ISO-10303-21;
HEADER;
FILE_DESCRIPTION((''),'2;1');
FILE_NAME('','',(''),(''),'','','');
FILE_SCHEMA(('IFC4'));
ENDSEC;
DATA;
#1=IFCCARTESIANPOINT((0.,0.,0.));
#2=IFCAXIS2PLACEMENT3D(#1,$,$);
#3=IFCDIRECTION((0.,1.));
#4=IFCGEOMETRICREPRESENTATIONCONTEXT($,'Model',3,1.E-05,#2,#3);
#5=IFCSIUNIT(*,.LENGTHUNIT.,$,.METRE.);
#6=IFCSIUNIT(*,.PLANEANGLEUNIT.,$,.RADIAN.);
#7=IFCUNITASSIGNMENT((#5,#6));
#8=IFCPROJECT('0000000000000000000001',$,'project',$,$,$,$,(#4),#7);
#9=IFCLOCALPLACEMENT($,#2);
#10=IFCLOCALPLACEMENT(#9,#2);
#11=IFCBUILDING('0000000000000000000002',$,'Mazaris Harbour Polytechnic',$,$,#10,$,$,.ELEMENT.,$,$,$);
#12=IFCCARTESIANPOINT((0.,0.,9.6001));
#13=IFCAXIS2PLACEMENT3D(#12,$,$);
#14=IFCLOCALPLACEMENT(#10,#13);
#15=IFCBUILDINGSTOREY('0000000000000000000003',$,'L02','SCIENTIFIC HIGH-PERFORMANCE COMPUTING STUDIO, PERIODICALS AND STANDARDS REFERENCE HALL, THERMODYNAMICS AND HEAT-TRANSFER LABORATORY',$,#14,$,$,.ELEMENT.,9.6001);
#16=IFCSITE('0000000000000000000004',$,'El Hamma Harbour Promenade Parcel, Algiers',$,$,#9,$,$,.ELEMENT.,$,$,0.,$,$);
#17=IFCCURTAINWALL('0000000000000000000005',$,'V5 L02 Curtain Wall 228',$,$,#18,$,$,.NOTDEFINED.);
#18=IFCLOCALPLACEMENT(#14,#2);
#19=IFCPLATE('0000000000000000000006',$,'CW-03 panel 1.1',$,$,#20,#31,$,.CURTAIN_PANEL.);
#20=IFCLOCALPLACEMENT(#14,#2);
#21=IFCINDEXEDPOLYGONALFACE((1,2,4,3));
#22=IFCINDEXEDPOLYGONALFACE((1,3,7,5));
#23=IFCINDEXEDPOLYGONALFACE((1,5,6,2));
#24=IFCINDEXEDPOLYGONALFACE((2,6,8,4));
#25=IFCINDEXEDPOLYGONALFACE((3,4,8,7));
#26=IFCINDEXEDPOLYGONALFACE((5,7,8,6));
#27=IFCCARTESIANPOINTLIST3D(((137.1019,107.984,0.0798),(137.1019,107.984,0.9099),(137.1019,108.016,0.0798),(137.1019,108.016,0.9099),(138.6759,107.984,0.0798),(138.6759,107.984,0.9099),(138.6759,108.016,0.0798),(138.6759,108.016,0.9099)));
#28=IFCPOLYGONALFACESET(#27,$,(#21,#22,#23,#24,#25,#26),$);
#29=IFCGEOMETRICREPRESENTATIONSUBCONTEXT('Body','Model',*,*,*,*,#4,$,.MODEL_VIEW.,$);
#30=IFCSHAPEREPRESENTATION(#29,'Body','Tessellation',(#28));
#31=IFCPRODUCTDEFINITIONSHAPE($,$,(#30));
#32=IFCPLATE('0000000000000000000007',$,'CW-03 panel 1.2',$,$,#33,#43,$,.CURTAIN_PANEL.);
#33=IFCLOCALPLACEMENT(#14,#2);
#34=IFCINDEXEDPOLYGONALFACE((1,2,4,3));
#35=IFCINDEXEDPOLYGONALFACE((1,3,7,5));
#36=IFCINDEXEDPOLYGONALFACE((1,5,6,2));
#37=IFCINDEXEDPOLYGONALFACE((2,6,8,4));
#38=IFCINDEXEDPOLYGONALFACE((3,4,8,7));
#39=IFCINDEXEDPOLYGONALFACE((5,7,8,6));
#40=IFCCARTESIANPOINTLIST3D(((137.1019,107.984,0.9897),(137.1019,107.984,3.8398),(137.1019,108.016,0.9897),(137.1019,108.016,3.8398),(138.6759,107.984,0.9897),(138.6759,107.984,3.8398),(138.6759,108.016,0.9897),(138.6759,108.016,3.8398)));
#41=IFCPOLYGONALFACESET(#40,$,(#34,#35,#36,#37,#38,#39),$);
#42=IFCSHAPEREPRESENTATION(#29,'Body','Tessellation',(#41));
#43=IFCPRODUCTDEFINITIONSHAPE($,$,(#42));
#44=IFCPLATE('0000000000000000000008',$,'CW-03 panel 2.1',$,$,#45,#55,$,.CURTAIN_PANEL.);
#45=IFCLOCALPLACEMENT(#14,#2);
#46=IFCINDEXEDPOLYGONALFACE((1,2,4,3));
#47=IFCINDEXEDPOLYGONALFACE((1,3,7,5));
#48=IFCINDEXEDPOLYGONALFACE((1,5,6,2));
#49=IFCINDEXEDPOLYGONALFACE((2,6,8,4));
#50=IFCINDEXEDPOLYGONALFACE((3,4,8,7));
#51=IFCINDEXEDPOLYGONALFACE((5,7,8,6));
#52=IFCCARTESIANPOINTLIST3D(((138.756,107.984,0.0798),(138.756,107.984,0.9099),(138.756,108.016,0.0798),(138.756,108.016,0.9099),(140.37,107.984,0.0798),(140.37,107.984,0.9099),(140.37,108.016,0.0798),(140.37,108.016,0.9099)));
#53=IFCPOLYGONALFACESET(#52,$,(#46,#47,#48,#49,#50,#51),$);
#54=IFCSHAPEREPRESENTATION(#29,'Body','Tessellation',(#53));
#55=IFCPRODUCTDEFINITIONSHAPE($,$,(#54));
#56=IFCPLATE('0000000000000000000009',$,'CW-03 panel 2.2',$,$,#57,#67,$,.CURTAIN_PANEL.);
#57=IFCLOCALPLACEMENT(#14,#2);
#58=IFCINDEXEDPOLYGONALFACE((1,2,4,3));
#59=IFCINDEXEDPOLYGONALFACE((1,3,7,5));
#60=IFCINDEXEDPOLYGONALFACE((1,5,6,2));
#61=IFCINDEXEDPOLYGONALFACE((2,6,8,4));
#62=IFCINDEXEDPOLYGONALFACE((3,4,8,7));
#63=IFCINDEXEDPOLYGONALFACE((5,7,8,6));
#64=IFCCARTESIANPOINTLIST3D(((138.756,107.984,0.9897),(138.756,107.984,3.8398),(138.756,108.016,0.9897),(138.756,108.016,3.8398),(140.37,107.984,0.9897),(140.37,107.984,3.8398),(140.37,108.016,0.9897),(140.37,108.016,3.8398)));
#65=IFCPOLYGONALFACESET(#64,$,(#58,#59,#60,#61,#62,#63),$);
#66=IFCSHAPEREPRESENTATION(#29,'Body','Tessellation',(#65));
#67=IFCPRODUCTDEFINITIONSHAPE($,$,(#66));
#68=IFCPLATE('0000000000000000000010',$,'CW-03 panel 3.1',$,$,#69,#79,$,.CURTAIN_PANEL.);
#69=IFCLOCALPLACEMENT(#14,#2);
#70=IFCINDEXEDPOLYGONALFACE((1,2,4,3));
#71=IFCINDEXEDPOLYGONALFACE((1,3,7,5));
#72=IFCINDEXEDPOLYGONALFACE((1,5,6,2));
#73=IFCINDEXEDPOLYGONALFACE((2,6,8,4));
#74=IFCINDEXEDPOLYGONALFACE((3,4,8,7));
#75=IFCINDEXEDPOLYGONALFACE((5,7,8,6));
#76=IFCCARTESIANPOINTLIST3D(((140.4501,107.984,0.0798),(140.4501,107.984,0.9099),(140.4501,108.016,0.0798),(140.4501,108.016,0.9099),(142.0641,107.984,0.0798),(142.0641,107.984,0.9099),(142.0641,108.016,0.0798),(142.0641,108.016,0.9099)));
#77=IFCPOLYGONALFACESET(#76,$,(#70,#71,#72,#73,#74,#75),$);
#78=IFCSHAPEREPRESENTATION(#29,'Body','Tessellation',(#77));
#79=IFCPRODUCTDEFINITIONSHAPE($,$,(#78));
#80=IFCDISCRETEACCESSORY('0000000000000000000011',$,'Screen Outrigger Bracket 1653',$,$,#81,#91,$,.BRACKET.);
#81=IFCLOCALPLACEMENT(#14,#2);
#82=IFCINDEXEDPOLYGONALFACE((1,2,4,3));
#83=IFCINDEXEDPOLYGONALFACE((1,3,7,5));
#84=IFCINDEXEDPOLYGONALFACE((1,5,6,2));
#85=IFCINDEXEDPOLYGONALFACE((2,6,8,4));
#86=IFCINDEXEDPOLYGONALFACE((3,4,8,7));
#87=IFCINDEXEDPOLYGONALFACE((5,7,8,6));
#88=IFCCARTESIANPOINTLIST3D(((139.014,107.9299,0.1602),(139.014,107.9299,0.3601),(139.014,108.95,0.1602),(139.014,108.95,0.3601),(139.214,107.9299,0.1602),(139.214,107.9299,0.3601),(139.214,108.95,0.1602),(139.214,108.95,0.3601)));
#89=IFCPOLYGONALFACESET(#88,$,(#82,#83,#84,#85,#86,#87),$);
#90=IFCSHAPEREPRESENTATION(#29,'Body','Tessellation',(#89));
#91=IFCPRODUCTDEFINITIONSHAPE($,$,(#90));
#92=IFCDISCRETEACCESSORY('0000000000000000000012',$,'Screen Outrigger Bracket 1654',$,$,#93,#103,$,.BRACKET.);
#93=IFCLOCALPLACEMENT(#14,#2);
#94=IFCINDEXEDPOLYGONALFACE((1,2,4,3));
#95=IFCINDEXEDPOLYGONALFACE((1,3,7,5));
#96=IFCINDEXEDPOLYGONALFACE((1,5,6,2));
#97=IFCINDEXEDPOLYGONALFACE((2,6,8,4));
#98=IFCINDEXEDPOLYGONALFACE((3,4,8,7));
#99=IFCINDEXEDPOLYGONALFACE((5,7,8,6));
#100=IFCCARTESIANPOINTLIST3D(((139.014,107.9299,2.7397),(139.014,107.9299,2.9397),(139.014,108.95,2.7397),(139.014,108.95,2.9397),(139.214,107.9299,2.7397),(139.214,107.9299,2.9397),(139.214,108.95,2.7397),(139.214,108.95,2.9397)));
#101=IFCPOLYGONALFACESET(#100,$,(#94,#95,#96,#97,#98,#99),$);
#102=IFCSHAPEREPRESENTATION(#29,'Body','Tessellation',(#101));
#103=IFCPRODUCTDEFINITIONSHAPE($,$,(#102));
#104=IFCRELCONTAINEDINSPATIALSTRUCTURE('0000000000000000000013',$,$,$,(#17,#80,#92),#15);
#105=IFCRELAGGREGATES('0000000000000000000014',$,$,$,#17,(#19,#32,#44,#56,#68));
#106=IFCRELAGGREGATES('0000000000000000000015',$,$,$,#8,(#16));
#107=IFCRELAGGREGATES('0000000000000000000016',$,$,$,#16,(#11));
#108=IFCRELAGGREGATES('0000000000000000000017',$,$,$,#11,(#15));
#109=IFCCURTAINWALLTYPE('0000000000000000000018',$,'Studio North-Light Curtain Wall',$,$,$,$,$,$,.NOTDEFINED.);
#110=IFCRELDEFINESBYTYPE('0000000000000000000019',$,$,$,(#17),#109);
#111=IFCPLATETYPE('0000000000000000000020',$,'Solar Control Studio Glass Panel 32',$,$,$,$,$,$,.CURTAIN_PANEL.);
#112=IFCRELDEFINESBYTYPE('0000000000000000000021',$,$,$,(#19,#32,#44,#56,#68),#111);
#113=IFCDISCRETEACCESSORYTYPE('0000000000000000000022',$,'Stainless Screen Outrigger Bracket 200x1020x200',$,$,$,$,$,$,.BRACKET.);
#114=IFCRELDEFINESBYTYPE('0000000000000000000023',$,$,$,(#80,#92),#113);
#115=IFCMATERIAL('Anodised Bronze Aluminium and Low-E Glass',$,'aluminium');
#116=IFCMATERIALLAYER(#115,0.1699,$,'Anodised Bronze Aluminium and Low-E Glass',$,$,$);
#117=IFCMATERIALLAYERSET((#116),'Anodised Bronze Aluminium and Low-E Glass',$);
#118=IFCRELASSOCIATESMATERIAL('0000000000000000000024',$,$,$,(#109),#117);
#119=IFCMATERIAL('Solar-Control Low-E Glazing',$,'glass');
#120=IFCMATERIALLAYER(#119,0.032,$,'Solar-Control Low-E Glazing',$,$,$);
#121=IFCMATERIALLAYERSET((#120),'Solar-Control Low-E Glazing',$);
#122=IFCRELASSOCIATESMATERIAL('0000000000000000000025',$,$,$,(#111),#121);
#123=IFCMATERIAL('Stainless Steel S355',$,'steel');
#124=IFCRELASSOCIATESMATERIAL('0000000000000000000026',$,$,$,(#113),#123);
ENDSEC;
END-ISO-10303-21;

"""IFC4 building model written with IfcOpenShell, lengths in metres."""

from ifc_helpers import new_model, si_unit, direction, frame, origin, origin_2d, place, context, subcontext, project, spatial, rectangle, extrude, material, layer, layer_set, type_object, element, aggregate, save


model = new_model("IFC4")

# Units and contexts
model_context = context("Model", 3, precision=1e-05, world=origin(), true_north=direction((0.0, 1.0)))
body_context = subcontext(model_context, "Body", "Model", "MODEL_VIEW")
ifc_project = project(units=[si_unit("LENGTHUNIT", "METRE"), si_unit("PLANEANGLEUNIT", "RADIAN")], contexts=[model_context])

# Site, building, storey
site_placement = place(None, origin())
site = spatial("IfcSite", under=ifc_project, at=site_placement, Name="El Hamma Harbour Promenade Parcel, Algiers", CompositionType="ELEMENT", RefElevation=0.0)
building_placement = place(site_placement, origin())
building = spatial("IfcBuilding", under=site, at=building_placement, Name="Mazaris Harbour Polytechnic", CompositionType="ELEMENT")
storey_placement = place(building_placement, frame((0.0, 0.0, 9.6001)))
storey = spatial("IfcBuildingStorey", under=building, at=storey_placement, Name="L02", Description="SCIENTIFIC HIGH-PERFORMANCE COMPUTING STUDIO, PERIODICALS AND STANDARDS REFERENCE HALL, THERMODYNAMICS AND HEAT-TRANSFER LABORATORY", CompositionType="ELEMENT", Elevation=9.6001)

# Curtain wall, plates
ifc_material_1 = material(Name="Anodised Bronze Aluminium and Low-E Glass", Category="aluminium")
ifc_layer_1 = layer(ifc_material_1, 0.1699, Name="Anodised Bronze Aluminium and Low-E Glass")
ifc_layer_set_1 = layer_set([ifc_layer_1], Name="Anodised Bronze Aluminium and Low-E Glass")
curtain_wall_type = type_object("IfcCurtainWallType", Name="Studio North-Light Curtain Wall", PredefinedType="NOTDEFINED", material=ifc_layer_set_1)
curtain_wall_placement = place(storey_placement, origin())
curtain_wall = element("IfcCurtainWall", 1, at=curtain_wall_placement, inside=storey, type_object=curtain_wall_type, Name="V5 L02 Curtain Wall 228", PredefinedType="NOTDEFINED")
ifc_material_2 = material(Name="Solar-Control Low-E Glazing", Category="glass")
ifc_layer_2 = layer(ifc_material_2, 0.032, Name="Solar-Control Low-E Glazing")
ifc_layer_set_2 = layer_set([ifc_layer_2], Name="Solar-Control Low-E Glazing")
plate_type = type_object("IfcPlateType", Name="Solar Control Studio Glass Panel 32", PredefinedType="CURTAIN_PANEL", material=ifc_layer_set_2)
plate_1_placement = place(storey_placement, frame((137.8889, 108.0, 0.0798), z_axis=(0.0, 0.0, 1.0), x_axis=(1.0, 0.0, 0.0)))
plate_1 = element("IfcPlate", 2, at=plate_1_placement, type_object=plate_type, Name="CW-03 panel 1.1", PredefinedType="CURTAIN_PANEL", context=body_context, shape_type="SweptSolid", body=[
    extrude(rectangle(XDim=1.574, YDim=0.032, at=origin_2d()), origin(), (0.0, 0.0, 1.0), 0.8301),
])
plate_2_placement = place(storey_placement, frame((137.8889, 108.0, 0.9897), z_axis=(0.0, 0.0, 1.0), x_axis=(1.0, 0.0, 0.0)))
plate_2 = element("IfcPlate", 3, at=plate_2_placement, type_object=plate_type, Name="CW-03 panel 1.2", PredefinedType="CURTAIN_PANEL", context=body_context, shape_type="SweptSolid", body=[
    extrude(rectangle(XDim=1.574, YDim=0.032, at=origin_2d()), origin(), (0.0, 0.0, 1.0), 2.8501),
])
plate_3_placement = place(storey_placement, frame((139.563, 108.0, 0.0798), z_axis=(0.0, 0.0, 1.0), x_axis=(1.0, 0.0, 0.0)))
plate_3 = element("IfcPlate", 4, at=plate_3_placement, type_object=plate_type, Name="CW-03 panel 2.1", PredefinedType="CURTAIN_PANEL", context=body_context, shape_type="SweptSolid", body=[
    extrude(rectangle(XDim=1.614, YDim=0.032, at=origin_2d()), origin(), (0.0, 0.0, 1.0), 0.8301),
])
plate_4_placement = place(storey_placement, frame((139.563, 108.0, 0.9897), z_axis=(0.0, 0.0, 1.0), x_axis=(1.0, 0.0, 0.0)))
plate_4 = element("IfcPlate", 5, at=plate_4_placement, type_object=plate_type, Name="CW-03 panel 2.2", PredefinedType="CURTAIN_PANEL", context=body_context, shape_type="SweptSolid", body=[
    extrude(rectangle(XDim=1.614, YDim=0.032, at=origin_2d()), origin(), (0.0, 0.0, 1.0), 2.8501),
])
plate_5_placement = place(storey_placement, frame((141.2571, 108.0, 0.0798), z_axis=(0.0, 0.0, 1.0), x_axis=(1.0, 0.0, 0.0)))
plate_5 = element("IfcPlate", 6, at=plate_5_placement, type_object=plate_type, Name="CW-03 panel 3.1", PredefinedType="CURTAIN_PANEL", context=body_context, shape_type="SweptSolid", body=[
    extrude(rectangle(XDim=1.614, YDim=0.032, at=origin_2d()), origin(), (0.0, 0.0, 1.0), 0.8301),
])
aggregate(curtain_wall, [plate_1, plate_2, plate_3, plate_4, plate_5])

# Discrete accessories
ifc_material_3 = material(Name="Stainless Steel S355", Category="steel")
discrete_accessory_type = type_object("IfcDiscreteAccessoryType", Name="Stainless Screen Outrigger Bracket 200x1020x200", PredefinedType="BRACKET", material=ifc_material_3)
for number, where, z_axis, x_axis, name in (
    (7, (139.114, 108.4399, 0.1602), (0.0, 0.0, 1.0), (1.0, 0.0, 0.0), "Screen Outrigger Bracket 1653"),
    (8, (139.114, 108.4399, 2.7397), (0.0, 0.0, 1.0), (1.0, 0.0, 0.0), "Screen Outrigger Bracket 1654"),
):
    element("IfcDiscreteAccessory", number, at=place(storey_placement, frame(where, z_axis=z_axis, x_axis=x_axis)), inside=storey, type_object=discrete_accessory_type, Name=name, PredefinedType="BRACKET", context=body_context, shape_type="SweptSolid", body=[
        extrude(rectangle(XDim=0.2, YDim=1.02, at=origin_2d()), origin(), (0.0, 0.0, 1.0), 0.2),
    ])

save(model, "model.ifc")
